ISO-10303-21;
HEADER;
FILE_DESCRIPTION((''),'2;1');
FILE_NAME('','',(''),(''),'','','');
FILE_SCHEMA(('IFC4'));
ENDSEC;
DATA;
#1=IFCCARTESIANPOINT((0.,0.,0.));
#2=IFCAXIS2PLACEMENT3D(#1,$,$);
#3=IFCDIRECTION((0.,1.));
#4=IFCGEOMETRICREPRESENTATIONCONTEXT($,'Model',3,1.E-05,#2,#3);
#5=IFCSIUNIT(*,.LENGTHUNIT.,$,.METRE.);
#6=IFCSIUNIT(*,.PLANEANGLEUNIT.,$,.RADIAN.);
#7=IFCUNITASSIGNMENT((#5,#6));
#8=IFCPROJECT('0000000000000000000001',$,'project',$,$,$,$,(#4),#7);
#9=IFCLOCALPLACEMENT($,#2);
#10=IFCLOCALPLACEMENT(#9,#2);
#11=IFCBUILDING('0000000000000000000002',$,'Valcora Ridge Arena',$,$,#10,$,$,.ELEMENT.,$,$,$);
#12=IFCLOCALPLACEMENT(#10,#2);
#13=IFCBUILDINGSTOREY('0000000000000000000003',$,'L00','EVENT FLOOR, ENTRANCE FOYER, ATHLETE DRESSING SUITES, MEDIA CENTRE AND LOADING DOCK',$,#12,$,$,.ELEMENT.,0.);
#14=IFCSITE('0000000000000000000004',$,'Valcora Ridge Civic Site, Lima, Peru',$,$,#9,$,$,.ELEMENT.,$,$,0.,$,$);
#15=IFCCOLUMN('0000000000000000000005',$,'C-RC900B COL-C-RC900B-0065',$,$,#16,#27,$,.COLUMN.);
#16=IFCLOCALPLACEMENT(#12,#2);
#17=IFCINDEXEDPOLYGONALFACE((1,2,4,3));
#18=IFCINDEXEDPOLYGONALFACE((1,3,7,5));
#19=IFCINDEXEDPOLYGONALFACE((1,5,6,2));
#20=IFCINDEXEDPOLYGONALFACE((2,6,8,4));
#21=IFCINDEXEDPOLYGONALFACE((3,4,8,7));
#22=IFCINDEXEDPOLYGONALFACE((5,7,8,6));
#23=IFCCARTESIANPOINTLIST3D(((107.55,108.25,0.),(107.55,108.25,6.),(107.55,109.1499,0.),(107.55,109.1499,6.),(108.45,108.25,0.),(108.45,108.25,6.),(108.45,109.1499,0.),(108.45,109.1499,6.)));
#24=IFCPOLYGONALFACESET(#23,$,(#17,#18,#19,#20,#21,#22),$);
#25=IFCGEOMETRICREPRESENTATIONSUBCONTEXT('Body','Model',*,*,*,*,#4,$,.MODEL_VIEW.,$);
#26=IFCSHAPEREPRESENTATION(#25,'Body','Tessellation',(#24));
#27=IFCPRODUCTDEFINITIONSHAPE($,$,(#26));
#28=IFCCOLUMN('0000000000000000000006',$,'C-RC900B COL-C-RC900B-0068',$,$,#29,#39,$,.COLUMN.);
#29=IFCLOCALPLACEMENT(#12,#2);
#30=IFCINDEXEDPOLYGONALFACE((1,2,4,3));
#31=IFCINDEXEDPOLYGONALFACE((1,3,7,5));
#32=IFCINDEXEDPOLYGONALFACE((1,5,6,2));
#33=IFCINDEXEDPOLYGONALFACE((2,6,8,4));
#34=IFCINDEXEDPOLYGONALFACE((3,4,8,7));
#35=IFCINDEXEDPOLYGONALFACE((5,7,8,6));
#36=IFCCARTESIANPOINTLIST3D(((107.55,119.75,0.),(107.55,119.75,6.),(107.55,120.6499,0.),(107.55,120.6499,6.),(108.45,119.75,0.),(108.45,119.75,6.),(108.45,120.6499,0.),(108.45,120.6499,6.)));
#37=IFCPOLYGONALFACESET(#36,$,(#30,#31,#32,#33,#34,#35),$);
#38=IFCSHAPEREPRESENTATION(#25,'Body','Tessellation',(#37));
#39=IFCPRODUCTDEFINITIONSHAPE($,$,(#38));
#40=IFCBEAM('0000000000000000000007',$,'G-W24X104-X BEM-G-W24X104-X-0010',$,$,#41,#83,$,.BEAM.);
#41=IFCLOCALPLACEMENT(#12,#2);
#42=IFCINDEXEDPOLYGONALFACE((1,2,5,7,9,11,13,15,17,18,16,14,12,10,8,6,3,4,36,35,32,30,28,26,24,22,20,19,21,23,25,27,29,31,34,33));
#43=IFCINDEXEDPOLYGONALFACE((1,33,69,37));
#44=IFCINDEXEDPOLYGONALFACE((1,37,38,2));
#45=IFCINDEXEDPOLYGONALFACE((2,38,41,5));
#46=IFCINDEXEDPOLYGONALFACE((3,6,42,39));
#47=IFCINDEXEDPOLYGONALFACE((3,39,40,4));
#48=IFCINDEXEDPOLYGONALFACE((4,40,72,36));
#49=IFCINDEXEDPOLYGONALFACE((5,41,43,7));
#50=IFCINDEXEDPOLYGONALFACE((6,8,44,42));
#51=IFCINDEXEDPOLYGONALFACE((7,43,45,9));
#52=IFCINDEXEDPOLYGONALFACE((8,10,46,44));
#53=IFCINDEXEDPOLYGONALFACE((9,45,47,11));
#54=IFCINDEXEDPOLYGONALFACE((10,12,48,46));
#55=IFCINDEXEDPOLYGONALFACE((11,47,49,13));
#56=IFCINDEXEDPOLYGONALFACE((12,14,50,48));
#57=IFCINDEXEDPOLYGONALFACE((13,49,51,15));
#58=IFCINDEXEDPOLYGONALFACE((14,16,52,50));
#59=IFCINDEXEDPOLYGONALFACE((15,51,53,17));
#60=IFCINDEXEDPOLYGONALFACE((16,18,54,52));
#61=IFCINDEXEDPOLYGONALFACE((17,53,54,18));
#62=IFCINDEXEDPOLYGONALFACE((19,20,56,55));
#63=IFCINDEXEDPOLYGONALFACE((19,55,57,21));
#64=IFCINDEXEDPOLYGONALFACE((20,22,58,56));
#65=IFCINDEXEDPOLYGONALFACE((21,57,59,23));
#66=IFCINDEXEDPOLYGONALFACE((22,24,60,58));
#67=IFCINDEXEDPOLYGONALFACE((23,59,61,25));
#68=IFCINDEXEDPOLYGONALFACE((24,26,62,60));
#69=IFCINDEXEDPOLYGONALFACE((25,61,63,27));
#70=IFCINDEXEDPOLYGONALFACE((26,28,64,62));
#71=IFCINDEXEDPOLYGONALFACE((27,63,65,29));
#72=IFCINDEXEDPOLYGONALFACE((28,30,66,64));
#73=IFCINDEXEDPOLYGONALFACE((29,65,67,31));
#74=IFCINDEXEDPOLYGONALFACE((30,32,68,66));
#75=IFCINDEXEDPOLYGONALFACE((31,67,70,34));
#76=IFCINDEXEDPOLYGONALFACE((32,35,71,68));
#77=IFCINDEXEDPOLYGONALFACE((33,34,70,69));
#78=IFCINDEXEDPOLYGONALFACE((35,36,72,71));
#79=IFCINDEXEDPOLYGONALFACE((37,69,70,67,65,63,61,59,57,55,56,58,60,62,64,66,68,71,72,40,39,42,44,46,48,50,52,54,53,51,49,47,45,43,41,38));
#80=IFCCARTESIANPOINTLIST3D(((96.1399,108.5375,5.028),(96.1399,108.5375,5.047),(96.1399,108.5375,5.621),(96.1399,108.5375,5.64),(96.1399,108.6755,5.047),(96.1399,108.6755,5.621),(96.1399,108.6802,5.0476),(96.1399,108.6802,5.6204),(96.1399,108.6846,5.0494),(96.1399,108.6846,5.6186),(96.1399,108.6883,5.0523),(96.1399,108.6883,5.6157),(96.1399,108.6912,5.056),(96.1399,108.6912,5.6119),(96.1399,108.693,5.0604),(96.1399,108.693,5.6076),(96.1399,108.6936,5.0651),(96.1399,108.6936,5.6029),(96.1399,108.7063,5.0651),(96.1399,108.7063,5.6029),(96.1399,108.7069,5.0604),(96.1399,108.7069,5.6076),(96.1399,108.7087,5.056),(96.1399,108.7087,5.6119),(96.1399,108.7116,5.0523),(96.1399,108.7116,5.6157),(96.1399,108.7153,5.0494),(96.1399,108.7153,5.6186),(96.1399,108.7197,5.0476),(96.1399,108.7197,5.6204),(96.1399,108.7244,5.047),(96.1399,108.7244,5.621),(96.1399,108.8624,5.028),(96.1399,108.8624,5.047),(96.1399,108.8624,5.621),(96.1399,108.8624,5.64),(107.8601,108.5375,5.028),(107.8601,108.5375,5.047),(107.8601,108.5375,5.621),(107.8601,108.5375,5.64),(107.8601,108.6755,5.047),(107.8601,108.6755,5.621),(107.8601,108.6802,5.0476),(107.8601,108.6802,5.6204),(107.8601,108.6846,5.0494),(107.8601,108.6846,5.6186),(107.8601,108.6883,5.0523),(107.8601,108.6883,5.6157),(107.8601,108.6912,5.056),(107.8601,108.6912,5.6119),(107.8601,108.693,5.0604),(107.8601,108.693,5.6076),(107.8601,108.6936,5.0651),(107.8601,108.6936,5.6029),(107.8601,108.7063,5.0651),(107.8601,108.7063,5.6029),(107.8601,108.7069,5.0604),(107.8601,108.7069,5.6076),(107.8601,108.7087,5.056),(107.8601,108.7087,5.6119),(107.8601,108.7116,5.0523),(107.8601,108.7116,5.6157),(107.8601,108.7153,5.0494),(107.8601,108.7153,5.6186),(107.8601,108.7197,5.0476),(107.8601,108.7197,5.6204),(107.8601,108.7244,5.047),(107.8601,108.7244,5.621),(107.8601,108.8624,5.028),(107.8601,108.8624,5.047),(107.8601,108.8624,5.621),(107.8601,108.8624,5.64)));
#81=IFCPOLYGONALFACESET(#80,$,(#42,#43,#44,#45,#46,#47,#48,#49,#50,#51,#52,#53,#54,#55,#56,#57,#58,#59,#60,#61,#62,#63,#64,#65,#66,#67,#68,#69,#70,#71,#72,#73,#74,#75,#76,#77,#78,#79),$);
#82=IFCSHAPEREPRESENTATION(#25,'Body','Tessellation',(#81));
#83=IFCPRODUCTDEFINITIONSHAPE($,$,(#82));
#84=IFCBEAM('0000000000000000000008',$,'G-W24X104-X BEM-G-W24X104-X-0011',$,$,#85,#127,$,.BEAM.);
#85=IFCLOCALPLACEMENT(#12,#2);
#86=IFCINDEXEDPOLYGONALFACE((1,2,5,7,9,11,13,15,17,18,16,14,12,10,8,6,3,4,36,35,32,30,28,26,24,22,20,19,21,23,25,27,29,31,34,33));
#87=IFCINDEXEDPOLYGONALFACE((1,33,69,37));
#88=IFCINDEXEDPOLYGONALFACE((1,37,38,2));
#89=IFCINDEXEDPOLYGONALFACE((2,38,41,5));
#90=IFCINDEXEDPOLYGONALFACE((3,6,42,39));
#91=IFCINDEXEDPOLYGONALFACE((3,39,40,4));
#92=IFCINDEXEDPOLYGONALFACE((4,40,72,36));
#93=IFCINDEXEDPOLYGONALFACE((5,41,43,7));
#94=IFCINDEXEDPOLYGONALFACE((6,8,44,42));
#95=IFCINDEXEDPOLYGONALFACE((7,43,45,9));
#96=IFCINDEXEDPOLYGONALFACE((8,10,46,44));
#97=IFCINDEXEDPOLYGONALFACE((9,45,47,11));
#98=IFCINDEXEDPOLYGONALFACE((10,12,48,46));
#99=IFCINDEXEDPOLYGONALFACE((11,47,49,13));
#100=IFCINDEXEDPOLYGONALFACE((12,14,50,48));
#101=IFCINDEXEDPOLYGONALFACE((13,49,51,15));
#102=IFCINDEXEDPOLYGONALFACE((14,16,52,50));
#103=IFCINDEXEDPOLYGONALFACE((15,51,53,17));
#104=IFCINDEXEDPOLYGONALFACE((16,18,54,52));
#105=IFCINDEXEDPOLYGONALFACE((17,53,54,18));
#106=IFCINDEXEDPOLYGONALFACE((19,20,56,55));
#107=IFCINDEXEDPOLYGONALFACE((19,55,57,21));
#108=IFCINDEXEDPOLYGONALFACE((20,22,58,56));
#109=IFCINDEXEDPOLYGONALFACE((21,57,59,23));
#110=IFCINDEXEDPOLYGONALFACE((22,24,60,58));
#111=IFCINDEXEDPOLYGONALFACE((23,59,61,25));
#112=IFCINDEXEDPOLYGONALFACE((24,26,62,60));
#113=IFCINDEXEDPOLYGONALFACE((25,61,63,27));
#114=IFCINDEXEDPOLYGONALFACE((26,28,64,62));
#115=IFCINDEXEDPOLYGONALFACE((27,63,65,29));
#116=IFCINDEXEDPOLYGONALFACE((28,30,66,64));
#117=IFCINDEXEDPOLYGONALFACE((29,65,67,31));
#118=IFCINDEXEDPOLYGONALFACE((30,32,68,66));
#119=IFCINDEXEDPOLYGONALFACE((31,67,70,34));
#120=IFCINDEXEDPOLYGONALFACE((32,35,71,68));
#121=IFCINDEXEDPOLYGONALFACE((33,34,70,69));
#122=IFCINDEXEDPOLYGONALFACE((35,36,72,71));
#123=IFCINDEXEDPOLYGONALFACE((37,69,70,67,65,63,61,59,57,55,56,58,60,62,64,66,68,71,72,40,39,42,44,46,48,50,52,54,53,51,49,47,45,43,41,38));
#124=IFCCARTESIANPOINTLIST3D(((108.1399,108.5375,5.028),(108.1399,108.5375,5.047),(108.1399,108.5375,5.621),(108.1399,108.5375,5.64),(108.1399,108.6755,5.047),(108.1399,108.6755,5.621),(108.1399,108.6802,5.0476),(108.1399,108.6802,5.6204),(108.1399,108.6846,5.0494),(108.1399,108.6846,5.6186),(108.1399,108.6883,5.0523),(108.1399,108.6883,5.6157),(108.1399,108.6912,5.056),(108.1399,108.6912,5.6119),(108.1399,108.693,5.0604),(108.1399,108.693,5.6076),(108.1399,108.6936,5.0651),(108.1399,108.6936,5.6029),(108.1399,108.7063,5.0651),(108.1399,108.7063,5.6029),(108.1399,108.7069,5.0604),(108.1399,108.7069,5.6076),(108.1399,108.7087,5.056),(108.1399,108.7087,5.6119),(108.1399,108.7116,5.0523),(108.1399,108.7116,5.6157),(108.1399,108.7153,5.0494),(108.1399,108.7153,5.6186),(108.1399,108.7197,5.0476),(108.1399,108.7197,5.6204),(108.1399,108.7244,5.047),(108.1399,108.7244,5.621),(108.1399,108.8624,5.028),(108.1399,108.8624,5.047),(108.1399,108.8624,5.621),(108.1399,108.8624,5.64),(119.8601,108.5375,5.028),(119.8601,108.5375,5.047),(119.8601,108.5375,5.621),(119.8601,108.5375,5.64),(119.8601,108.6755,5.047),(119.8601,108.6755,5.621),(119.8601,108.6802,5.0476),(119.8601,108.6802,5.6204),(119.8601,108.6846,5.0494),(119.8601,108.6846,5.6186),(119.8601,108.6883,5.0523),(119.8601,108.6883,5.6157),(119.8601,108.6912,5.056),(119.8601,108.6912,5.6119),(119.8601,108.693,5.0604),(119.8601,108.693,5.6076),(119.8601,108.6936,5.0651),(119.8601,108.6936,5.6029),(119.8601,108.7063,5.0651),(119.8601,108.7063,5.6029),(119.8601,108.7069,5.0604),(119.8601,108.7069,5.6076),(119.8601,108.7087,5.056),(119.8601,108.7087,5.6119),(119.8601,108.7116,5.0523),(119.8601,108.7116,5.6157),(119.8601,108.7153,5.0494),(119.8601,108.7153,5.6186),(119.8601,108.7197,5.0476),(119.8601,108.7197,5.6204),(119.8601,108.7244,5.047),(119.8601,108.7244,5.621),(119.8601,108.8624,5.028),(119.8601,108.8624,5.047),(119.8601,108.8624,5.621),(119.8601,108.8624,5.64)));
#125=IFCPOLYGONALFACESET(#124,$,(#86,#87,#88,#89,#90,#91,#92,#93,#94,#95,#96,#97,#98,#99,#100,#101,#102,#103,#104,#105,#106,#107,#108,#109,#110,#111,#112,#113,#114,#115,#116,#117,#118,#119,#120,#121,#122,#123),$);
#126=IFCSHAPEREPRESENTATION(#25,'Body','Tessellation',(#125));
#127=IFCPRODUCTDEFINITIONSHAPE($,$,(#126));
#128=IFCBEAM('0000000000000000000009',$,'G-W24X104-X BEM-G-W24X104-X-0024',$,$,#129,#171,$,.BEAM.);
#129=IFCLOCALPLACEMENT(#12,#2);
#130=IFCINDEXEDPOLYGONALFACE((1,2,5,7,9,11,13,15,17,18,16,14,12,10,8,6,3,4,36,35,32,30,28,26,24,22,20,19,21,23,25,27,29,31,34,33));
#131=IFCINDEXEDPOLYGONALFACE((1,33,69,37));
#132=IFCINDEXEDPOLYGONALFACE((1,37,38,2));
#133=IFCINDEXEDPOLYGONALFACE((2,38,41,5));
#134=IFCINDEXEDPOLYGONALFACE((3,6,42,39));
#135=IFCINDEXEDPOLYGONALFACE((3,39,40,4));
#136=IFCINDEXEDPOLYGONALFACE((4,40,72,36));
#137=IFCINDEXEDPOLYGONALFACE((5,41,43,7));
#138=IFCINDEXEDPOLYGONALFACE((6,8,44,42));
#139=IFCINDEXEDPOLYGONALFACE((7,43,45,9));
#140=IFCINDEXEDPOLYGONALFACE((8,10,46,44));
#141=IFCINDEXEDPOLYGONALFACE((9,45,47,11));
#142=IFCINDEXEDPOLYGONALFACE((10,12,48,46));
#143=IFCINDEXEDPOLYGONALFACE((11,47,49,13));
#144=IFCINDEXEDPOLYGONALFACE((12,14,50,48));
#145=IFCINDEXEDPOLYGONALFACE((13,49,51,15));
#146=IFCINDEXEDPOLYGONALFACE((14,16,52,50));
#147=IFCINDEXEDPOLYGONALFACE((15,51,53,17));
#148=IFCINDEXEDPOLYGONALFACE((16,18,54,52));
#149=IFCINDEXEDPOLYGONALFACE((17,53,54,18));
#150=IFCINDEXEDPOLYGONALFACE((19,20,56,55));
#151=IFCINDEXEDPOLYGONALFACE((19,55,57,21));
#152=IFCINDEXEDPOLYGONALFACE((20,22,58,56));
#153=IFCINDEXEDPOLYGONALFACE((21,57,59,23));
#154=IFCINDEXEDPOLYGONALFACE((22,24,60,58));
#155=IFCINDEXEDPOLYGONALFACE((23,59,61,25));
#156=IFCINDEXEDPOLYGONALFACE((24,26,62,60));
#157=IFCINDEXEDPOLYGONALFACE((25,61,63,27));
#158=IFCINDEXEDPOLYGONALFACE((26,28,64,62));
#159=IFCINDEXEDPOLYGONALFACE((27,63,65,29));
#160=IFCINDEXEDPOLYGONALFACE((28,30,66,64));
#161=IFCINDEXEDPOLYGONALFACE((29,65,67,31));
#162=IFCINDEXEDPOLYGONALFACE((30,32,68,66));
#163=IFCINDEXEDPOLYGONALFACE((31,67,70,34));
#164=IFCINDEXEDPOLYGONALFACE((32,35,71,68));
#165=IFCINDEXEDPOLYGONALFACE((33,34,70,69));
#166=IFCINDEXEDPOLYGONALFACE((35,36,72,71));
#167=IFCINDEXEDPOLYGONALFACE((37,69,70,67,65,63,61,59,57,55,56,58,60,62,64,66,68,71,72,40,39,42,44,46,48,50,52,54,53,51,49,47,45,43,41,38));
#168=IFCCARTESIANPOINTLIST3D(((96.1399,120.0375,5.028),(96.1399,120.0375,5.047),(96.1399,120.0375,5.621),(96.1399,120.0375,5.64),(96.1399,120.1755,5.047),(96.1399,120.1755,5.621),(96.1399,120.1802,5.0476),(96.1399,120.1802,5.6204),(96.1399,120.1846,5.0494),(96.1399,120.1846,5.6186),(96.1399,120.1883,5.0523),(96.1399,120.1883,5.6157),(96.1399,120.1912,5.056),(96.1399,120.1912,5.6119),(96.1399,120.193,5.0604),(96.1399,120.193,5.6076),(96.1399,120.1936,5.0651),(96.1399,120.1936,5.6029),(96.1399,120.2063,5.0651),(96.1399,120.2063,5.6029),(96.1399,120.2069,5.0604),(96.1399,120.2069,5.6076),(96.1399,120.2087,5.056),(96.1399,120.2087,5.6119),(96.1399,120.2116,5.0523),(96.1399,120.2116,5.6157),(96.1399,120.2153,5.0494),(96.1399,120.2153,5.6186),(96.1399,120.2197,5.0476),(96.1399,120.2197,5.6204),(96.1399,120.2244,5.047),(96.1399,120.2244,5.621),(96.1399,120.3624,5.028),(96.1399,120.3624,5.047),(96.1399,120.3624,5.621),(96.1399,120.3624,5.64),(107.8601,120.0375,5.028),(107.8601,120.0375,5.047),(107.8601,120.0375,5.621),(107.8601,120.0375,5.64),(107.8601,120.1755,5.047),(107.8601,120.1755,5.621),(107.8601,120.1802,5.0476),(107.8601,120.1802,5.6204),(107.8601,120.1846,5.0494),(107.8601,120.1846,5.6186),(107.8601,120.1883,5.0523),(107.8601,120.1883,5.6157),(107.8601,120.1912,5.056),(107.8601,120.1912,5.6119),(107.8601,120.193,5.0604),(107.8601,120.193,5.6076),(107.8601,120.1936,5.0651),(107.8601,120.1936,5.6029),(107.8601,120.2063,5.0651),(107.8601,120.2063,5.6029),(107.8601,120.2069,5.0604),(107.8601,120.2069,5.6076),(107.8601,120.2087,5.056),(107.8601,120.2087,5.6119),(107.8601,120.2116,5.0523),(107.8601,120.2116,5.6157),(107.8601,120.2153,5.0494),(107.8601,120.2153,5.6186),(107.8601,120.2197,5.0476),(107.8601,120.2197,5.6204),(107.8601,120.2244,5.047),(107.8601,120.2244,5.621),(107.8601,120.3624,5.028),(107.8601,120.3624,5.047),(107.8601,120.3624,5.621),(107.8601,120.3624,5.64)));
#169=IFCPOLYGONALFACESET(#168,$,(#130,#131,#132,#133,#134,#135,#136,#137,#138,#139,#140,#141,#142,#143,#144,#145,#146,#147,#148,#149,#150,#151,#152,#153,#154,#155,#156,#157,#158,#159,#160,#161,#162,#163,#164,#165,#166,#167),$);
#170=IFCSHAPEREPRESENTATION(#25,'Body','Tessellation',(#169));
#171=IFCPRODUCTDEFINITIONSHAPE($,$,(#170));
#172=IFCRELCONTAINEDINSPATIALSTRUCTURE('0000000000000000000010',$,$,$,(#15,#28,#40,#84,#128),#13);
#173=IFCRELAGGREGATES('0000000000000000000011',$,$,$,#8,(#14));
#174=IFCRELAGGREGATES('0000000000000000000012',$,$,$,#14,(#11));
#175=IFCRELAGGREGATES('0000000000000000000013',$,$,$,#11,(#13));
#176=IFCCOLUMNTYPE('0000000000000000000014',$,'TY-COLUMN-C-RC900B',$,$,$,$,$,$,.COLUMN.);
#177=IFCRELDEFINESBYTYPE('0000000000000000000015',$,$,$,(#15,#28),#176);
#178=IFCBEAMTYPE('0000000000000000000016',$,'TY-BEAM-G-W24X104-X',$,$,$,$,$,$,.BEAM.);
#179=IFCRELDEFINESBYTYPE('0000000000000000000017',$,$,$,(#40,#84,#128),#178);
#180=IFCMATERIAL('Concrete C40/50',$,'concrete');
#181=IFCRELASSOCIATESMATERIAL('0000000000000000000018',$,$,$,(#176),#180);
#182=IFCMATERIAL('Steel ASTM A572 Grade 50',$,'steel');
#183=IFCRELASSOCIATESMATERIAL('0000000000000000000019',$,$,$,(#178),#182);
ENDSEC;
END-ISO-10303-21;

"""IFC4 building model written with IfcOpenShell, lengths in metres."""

from ifc_helpers import new_model, si_unit, direction, frame, origin, origin_2d, place, context, subcontext, project, spatial, rectangle, i_section, extrude, material, material_profile, profile_set, type_object, element, save


model = new_model("IFC4")

# Units and contexts
model_context = context("Model", 3, precision=1e-05, world=origin(), true_north=direction((0.0, 1.0)))
body_context = subcontext(model_context, "Body", "Model", "MODEL_VIEW")
ifc_project = project(units=[si_unit("LENGTHUNIT", "METRE"), si_unit("PLANEANGLEUNIT", "RADIAN")], contexts=[model_context])

# Site, building, storey
site_placement = place(None, origin())
site = spatial("IfcSite", under=ifc_project, at=site_placement, Name="Valcora Ridge Civic Site, Lima, Peru", CompositionType="ELEMENT", RefElevation=0.0)
building_placement = place(site_placement, origin())
building = spatial("IfcBuilding", under=site, at=building_placement, Name="Valcora Ridge Arena", CompositionType="ELEMENT")
storey_placement = place(building_placement, origin())
storey = spatial("IfcBuildingStorey", under=building, at=storey_placement, Name="L00", Description="EVENT FLOOR, ENTRANCE FOYER, ATHLETE DRESSING SUITES, MEDIA CENTRE AND LOADING DOCK", CompositionType="ELEMENT", Elevation=0.0)

# Columns
ifc_material_1 = material(Name="Concrete C40/50", Category="concrete")
ifc_material_profile_1 = material_profile(ifc_material_1, rectangle(XDim=0.8999, YDim=0.8999, at=origin_2d()), Name="RC 900x900")
ifc_profile_set_1 = profile_set([ifc_material_profile_1], Name="Concrete C40/50")
column_type = type_object("IfcColumnType", Name="TY-COLUMN-C-RC900B", PredefinedType="COLUMN", material=ifc_profile_set_1)
for number, where, z_axis, x_axis, name in (
    (1, (108.0, 108.7, 0.0), (0.0, 0.0, 1.0), (1.0, 0.0, 0.0), "C-RC900B COL-C-RC900B-0065"),
    (2, (108.0, 120.2, 0.0), (0.0, 0.0, 1.0), (1.0, 0.0, 0.0), "C-RC900B COL-C-RC900B-0068"),
):
    element("IfcColumn", number, at=place(storey_placement, frame(where, z_axis=z_axis, x_axis=x_axis)), inside=storey, type_object=column_type, Name=name, PredefinedType="COLUMN", context=body_context, shape_type="SweptSolid", body=[
        extrude(rectangle(XDim=0.8999, YDim=0.8999, at=origin_2d()), origin(), (0.0, 0.0, 1.0), 6.0),
    ])

# Beams
ifc_material_2 = material(Name="Steel ASTM A572 Grade 50", Category="steel")
ifc_material_profile_2 = material_profile(ifc_material_2, i_section(OverallWidth=0.325, OverallDepth=0.6121, WebThickness=0.0127, FlangeThickness=0.019, FilletRadius=0.0181, at=origin_2d()), Name="W24X104")
ifc_profile_set_2 = profile_set([ifc_material_profile_2], Name="Steel ASTM A572 Grade 50")
beam_type_1 = type_object("IfcBeamType", Name="TY-BEAM-G-W24X104-X", PredefinedType="BEAM", material=ifc_profile_set_2)
for number, where, z_axis, x_axis, name in (
    (3, (96.1399, 108.7, 5.334), (1.0, 0.0, 0.0), (0.0, 1.0, 0.0), "G-W24X104-X BEM-G-W24X104-X-0010"),
    (4, (108.1399, 108.7, 5.334), (1.0, 0.0, 0.0), (0.0, 1.0, 0.0), "G-W24X104-X BEM-G-W24X104-X-0011"),
    (5, (96.1399, 120.2, 5.334), (1.0, 0.0, 0.0), (0.0, 1.0, 0.0), "G-W24X104-X BEM-G-W24X104-X-0024"),
):
    element("IfcBeam", number, at=place(storey_placement, frame(where, z_axis=z_axis, x_axis=x_axis)), inside=storey, type_object=beam_type_1, Name=name, PredefinedType="BEAM", context=body_context, shape_type="SweptSolid", body=[
        extrude(i_section(OverallWidth=0.325, OverallDepth=0.6121, WebThickness=0.0127, FlangeThickness=0.019, FilletRadius=0.0181, at=origin_2d()), origin(), (0.0, 0.0, 1.0), 11.7202),
    ])

save(model, "model.ifc")
